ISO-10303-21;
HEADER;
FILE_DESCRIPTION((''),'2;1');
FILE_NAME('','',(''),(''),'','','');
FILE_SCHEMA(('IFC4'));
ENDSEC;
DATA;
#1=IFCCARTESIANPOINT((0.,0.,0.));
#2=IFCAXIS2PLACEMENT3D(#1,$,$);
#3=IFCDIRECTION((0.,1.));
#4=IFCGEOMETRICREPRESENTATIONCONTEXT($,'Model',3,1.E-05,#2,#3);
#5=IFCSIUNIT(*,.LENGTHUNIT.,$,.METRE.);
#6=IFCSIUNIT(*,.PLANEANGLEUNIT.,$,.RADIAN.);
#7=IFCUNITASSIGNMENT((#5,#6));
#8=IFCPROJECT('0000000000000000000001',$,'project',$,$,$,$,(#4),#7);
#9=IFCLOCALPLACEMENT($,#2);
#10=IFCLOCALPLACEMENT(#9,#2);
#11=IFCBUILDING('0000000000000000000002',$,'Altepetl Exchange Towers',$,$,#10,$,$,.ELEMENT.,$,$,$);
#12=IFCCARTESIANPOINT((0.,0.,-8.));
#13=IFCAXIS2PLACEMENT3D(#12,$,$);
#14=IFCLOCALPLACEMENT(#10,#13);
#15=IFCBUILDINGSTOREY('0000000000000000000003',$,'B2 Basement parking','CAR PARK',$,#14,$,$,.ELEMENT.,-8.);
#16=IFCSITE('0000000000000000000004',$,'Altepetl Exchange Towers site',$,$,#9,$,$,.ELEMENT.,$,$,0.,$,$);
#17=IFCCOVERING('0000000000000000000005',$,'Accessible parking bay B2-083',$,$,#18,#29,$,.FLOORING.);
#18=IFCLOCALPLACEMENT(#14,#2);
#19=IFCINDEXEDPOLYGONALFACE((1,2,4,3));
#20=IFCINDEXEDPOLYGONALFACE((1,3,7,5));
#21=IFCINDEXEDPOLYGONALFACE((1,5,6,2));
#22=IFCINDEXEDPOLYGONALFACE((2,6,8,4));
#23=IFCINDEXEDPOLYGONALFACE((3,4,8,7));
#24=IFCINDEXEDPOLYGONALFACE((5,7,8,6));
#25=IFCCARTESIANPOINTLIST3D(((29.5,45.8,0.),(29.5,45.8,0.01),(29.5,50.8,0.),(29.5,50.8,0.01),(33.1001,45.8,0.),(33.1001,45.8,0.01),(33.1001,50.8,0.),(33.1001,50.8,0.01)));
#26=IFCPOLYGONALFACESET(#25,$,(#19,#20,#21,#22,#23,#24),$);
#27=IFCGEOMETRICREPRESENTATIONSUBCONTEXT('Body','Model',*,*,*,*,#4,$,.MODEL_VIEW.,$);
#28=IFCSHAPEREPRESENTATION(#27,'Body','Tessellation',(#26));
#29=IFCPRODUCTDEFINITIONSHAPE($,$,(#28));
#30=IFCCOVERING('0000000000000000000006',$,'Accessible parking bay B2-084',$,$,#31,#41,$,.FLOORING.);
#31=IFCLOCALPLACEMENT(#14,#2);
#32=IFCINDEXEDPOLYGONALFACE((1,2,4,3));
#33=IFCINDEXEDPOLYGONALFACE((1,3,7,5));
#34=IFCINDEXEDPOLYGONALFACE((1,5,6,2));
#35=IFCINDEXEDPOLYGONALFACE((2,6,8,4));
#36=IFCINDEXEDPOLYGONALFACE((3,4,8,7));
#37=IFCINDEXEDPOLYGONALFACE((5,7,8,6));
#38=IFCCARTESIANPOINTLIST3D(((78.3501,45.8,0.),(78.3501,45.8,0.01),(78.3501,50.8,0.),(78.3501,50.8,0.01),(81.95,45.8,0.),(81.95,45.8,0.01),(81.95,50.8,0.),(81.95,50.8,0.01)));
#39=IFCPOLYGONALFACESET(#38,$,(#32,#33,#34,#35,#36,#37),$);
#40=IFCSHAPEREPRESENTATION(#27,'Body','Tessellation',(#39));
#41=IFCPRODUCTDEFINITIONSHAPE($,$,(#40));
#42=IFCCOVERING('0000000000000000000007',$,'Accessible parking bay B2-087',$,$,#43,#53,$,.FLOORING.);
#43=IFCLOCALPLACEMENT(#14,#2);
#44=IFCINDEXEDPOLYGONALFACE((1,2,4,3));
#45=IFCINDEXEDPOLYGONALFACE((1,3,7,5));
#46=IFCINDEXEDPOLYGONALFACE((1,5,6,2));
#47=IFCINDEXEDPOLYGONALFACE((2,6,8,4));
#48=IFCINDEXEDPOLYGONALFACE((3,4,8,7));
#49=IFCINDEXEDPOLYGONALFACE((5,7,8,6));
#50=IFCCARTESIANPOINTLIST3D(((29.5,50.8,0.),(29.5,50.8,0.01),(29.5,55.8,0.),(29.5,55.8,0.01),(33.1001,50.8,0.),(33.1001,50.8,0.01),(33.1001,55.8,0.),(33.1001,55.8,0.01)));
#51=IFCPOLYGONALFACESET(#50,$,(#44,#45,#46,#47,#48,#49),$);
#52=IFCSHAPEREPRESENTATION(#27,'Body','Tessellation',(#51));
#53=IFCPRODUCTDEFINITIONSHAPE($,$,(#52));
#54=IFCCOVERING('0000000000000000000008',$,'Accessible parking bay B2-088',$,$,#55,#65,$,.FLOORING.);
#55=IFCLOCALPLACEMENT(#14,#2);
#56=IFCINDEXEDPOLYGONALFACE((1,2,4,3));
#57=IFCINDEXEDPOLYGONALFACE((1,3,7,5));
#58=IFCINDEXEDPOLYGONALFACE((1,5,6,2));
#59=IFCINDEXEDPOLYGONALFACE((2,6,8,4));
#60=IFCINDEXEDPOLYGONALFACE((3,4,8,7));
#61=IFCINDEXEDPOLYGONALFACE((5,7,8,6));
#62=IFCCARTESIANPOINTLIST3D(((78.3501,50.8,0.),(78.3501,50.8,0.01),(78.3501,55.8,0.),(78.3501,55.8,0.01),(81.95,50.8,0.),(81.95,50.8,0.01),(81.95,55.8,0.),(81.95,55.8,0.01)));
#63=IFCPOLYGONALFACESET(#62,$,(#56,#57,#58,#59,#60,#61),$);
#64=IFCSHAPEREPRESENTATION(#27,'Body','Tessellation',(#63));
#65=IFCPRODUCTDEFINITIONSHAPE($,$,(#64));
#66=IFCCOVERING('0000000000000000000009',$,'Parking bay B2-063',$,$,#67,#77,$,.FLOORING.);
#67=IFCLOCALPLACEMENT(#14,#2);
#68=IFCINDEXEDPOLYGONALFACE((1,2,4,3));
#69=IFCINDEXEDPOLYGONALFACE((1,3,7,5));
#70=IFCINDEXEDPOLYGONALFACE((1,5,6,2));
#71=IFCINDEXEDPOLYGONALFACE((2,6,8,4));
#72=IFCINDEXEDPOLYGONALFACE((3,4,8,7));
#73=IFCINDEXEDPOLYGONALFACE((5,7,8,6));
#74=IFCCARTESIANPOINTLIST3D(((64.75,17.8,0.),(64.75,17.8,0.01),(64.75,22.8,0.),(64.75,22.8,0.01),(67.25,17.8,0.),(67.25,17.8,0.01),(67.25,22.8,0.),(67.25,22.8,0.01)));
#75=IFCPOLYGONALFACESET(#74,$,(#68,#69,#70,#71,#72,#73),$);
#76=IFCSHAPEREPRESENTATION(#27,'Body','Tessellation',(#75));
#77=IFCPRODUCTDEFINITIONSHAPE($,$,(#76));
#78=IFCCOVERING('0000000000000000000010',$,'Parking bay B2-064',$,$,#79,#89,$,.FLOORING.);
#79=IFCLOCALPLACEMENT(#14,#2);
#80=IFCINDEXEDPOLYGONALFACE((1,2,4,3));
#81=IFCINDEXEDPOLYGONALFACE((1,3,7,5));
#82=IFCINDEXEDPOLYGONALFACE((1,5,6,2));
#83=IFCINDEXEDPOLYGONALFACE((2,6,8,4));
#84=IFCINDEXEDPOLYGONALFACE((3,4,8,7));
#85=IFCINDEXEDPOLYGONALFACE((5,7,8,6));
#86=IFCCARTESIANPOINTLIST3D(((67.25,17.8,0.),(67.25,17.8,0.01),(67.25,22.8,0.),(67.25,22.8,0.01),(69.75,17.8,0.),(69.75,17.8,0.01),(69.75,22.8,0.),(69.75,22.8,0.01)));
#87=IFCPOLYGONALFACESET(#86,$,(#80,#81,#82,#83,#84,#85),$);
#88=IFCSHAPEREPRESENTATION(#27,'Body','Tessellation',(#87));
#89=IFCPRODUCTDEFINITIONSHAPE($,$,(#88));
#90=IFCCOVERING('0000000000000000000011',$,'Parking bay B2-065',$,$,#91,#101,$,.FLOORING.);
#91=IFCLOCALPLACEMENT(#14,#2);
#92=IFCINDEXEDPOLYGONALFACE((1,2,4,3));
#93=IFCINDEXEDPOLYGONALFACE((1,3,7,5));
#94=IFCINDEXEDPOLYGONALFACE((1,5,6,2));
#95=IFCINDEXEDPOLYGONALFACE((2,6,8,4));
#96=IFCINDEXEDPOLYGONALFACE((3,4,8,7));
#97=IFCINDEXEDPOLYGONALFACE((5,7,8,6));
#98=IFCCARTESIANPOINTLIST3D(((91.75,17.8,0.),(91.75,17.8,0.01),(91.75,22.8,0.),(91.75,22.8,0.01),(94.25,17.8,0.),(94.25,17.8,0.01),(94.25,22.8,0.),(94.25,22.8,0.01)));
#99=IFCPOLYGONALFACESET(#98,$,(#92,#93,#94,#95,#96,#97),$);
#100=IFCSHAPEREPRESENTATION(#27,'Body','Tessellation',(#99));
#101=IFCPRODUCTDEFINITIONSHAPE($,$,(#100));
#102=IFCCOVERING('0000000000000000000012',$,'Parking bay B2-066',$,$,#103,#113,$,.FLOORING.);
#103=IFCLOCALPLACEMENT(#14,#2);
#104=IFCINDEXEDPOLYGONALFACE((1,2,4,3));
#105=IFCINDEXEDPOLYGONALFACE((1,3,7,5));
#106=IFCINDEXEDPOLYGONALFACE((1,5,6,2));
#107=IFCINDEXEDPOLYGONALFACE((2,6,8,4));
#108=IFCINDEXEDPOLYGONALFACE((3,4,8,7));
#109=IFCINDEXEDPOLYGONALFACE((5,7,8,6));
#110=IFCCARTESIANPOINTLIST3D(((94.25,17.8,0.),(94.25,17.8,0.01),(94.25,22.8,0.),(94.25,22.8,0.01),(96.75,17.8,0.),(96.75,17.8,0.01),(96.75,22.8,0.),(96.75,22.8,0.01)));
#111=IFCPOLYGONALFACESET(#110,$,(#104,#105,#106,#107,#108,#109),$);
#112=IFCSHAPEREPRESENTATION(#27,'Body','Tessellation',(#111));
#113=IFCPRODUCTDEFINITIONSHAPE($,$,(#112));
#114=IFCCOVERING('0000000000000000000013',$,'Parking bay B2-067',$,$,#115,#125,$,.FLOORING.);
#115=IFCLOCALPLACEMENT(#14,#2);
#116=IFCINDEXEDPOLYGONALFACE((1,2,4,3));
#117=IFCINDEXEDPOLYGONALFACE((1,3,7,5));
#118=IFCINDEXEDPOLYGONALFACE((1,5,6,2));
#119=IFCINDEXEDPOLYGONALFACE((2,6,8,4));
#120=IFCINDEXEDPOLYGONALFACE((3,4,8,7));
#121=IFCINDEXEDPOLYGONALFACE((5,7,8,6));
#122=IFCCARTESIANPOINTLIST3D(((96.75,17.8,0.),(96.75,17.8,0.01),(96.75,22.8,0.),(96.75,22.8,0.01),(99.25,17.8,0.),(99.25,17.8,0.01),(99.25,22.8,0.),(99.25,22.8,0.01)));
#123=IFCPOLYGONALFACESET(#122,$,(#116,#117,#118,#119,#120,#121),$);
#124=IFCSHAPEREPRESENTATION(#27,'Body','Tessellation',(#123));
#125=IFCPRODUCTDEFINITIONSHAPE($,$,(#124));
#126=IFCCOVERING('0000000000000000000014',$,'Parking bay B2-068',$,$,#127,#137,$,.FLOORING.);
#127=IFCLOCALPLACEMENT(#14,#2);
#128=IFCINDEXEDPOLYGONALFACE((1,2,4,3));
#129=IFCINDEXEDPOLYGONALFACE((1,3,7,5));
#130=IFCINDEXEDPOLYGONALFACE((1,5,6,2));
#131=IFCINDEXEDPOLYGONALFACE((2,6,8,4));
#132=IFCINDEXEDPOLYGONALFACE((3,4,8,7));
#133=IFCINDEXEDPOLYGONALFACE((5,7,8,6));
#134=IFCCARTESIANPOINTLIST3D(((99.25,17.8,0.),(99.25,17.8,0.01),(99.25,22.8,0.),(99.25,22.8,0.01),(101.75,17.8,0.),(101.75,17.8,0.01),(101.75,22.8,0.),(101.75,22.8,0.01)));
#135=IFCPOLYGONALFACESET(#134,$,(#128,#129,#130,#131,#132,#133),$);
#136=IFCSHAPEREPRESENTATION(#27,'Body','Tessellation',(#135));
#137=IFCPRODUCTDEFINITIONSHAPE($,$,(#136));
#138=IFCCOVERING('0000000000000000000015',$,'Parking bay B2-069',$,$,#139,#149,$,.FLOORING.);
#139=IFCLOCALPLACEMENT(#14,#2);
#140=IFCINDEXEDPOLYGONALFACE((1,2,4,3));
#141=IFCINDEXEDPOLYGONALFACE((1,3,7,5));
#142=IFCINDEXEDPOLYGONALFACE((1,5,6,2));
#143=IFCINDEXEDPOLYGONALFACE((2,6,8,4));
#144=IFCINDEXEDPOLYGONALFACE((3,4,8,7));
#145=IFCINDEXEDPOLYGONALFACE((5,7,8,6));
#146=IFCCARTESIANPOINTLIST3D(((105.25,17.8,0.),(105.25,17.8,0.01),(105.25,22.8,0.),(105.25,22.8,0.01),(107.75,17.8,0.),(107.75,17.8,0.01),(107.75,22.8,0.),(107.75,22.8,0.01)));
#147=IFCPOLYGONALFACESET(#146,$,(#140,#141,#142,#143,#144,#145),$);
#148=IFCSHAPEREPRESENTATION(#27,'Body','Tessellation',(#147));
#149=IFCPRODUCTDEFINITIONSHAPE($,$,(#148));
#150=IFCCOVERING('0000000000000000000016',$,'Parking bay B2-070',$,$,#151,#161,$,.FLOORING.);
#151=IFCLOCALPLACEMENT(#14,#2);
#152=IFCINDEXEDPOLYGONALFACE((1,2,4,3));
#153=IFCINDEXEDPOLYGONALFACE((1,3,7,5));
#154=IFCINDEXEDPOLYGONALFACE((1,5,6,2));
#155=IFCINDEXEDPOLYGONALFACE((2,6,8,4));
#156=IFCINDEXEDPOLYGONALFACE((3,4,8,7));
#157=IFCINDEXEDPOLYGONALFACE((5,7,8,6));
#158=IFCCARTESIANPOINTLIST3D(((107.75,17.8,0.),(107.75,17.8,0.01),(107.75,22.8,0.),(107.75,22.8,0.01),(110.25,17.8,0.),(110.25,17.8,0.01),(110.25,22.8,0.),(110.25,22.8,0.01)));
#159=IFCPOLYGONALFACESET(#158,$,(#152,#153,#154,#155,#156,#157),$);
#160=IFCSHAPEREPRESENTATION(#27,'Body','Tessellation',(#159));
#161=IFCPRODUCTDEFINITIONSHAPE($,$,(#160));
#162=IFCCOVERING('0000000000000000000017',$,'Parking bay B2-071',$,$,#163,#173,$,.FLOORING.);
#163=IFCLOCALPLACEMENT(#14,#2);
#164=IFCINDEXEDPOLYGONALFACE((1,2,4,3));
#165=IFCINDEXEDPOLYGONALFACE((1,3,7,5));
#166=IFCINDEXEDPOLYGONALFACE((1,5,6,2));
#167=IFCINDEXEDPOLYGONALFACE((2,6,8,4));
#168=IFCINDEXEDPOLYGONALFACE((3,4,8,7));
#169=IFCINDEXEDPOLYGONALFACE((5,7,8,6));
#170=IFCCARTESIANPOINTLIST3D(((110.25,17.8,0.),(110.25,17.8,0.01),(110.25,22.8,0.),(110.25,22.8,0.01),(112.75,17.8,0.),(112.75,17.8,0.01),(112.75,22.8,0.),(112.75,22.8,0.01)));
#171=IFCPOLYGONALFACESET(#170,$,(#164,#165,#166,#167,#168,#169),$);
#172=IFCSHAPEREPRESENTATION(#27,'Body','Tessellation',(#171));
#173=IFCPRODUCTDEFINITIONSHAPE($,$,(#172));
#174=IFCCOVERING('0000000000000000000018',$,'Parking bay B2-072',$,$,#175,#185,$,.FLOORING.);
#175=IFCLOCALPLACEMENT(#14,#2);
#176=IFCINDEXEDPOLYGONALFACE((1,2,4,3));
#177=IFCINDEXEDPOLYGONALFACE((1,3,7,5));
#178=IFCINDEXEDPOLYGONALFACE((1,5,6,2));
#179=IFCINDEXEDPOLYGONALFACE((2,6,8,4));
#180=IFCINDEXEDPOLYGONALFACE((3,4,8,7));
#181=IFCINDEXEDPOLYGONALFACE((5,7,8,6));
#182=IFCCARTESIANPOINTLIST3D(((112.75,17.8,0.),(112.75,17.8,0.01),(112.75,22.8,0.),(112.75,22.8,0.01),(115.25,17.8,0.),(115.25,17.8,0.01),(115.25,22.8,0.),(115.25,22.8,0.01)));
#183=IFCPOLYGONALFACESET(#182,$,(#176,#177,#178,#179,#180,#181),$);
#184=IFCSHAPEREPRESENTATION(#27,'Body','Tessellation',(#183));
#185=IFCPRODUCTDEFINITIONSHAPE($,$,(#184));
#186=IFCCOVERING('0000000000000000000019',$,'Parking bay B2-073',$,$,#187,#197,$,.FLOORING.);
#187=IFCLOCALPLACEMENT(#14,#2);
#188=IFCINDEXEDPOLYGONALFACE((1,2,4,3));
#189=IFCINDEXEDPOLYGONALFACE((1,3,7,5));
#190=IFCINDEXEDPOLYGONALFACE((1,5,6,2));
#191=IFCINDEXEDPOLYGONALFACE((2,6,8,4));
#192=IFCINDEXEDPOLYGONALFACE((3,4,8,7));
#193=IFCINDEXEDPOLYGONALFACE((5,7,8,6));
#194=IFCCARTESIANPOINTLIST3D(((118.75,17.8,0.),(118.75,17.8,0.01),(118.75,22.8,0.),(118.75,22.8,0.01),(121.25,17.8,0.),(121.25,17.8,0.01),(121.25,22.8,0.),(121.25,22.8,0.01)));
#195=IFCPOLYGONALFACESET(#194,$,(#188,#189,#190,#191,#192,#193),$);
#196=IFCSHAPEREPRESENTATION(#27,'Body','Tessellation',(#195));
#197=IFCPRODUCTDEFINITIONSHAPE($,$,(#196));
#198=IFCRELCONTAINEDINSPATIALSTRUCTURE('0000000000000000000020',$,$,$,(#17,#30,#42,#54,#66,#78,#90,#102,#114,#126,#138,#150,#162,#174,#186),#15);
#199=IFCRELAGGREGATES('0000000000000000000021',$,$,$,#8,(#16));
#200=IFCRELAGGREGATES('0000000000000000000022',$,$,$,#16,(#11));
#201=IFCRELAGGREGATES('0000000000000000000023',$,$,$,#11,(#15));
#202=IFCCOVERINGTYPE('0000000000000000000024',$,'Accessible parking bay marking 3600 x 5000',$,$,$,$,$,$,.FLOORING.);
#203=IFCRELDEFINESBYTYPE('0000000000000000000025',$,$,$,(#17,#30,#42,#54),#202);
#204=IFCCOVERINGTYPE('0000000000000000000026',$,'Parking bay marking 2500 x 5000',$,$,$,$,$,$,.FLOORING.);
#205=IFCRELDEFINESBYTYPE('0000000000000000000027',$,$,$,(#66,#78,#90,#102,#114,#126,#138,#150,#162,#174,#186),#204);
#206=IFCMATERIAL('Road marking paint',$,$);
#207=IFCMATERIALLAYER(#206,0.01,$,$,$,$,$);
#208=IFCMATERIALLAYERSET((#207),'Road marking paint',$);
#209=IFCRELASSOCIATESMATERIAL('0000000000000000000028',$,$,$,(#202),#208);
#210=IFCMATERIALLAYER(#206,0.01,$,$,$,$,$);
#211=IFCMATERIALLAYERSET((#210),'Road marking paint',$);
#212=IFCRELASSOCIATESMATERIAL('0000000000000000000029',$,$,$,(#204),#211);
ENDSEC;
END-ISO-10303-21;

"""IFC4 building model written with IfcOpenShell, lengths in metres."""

from ifc_helpers import new_model, si_unit, direction, frame, origin, place, context, subcontext, project, spatial, polyline, outline, extrude, material, layer, layer_set, type_object, element, save


model = new_model("IFC4")

# Units and contexts
model_context = context("Model", 3, precision=1e-05, world=origin(), true_north=direction((0.0, 1.0)))
body_context = subcontext(model_context, "Body", "Model", "MODEL_VIEW")
ifc_project = project(units=[si_unit("LENGTHUNIT", "METRE"), si_unit("PLANEANGLEUNIT", "RADIAN")], contexts=[model_context])

# Site, building, storey
site_placement = place(None, origin())
site = spatial("IfcSite", under=ifc_project, at=site_placement, Name="Altepetl Exchange Towers site", CompositionType="ELEMENT", RefElevation=0.0)
building_placement = place(site_placement, origin())
building = spatial("IfcBuilding", under=site, at=building_placement, Name="Altepetl Exchange Towers", CompositionType="ELEMENT")
storey_placement = place(building_placement, frame((0.0, 0.0, -8.0)))
storey = spatial("IfcBuildingStorey", under=building, at=storey_placement, Name="B2 Basement parking", Description="CAR PARK", CompositionType="ELEMENT", Elevation=-8.0)

# Coverings
ifc_material = material(Name="Road marking paint")
ifc_layer_1 = layer(ifc_material, 0.01)
ifc_layer_set_1 = layer_set([ifc_layer_1], Name="Road marking paint")
covering_type_1 = type_object("IfcCoveringType", Name="Accessible parking bay marking 3600 x 5000", PredefinedType="FLOORING", material=ifc_layer_set_1)
covering_1_placement = place(storey_placement, origin())
element("IfcCovering", 1, at=covering_1_placement, inside=storey, type_object=covering_type_1, Name="Accessible parking bay B2-083", PredefinedType="FLOORING", context=body_context, shape_type="SweptSolid", body=[
    extrude(outline(polyline([(29.5, 45.8), (33.1001, 45.8), (33.1001, 50.8), (29.5, 50.8), (29.5, 45.8)])), origin(), (0.0, 0.0, 1.0), 0.01),
])
covering_2_placement = place(storey_placement, origin())
element("IfcCovering", 2, at=covering_2_placement, inside=storey, type_object=covering_type_1, Name="Accessible parking bay B2-084", PredefinedType="FLOORING", context=body_context, shape_type="SweptSolid", body=[
    extrude(outline(polyline([(78.3501, 45.8), (81.95, 45.8), (81.95, 50.8), (78.3501, 50.8), (78.3501, 45.8)])), origin(), (0.0, 0.0, 1.0), 0.01),
])
covering_3_placement = place(storey_placement, origin())
element("IfcCovering", 3, at=covering_3_placement, inside=storey, type_object=covering_type_1, Name="Accessible parking bay B2-087", PredefinedType="FLOORING", context=body_context, shape_type="SweptSolid", body=[
    extrude(outline(polyline([(29.5, 50.8), (33.1001, 50.8), (33.1001, 55.8), (29.5, 55.8), (29.5, 50.8)])), origin(), (0.0, 0.0, 1.0), 0.01),
])
covering_4_placement = place(storey_placement, origin())
element("IfcCovering", 4, at=covering_4_placement, inside=storey, type_object=covering_type_1, Name="Accessible parking bay B2-088", PredefinedType="FLOORING", context=body_context, shape_type="SweptSolid", body=[
    extrude(outline(polyline([(78.3501, 50.8), (81.95, 50.8), (81.95, 55.8), (78.3501, 55.8), (78.3501, 50.8)])), origin(), (0.0, 0.0, 1.0), 0.01),
])
ifc_layer_2 = layer(ifc_material, 0.01)
ifc_layer_set_2 = layer_set([ifc_layer_2], Name="Road marking paint")
covering_type_2 = type_object("IfcCoveringType", Name="Parking bay marking 2500 x 5000", PredefinedType="FLOORING", material=ifc_layer_set_2)
covering_5_placement = place(storey_placement, origin())
element("IfcCovering", 5, at=covering_5_placement, inside=storey, type_object=covering_type_2, Name="Parking bay B2-063", PredefinedType="FLOORING", context=body_context, shape_type="SweptSolid", body=[
    extrude(outline(polyline([(64.75, 17.8), (67.25, 17.8), (67.25, 22.8), (64.75, 22.8), (64.75, 17.8)])), origin(), (0.0, 0.0, 1.0), 0.01),
])
covering_6_placement = place(storey_placement, origin())
element("IfcCovering", 6, at=covering_6_placement, inside=storey, type_object=covering_type_2, Name="Parking bay B2-064", PredefinedType="FLOORING", context=body_context, shape_type="SweptSolid", body=[
    extrude(outline(polyline([(67.25, 17.8), (69.75, 17.8), (69.75, 22.8), (67.25, 22.8), (67.25, 17.8)])), origin(), (0.0, 0.0, 1.0), 0.01),
])
covering_7_placement = place(storey_placement, origin())
element("IfcCovering", 7, at=covering_7_placement, inside=storey, type_object=covering_type_2, Name="Parking bay B2-065", PredefinedType="FLOORING", context=body_context, shape_type="SweptSolid", body=[
    extrude(outline(polyline([(91.75, 17.8), (94.25, 17.8), (94.25, 22.8), (91.75, 22.8), (91.75, 17.8)])), origin(), (0.0, 0.0, 1.0), 0.01),
])
covering_8_placement = place(storey_placement, origin())
element("IfcCovering", 8, at=covering_8_placement, inside=storey, type_object=covering_type_2, Name="Parking bay B2-066", PredefinedType="FLOORING", context=body_context, shape_type="SweptSolid", body=[
    extrude(outline(polyline([(94.25, 17.8), (96.75, 17.8), (96.75, 22.8), (94.25, 22.8), (94.25, 17.8)])), origin(), (0.0, 0.0, 1.0), 0.01),
])
covering_9_placement = place(storey_placement, origin())
element("IfcCovering", 9, at=covering_9_placement, inside=storey, type_object=covering_type_2, Name="Parking bay B2-067", PredefinedType="FLOORING", context=body_context, shape_type="SweptSolid", body=[
    extrude(outline(polyline([(96.75, 17.8), (99.25, 17.8), (99.25, 22.8), (96.75, 22.8), (96.75, 17.8)])), origin(), (0.0, 0.0, 1.0), 0.01),
])
covering_10_placement = place(storey_placement, origin())
element("IfcCovering", 10, at=covering_10_placement, inside=storey, type_object=covering_type_2, Name="Parking bay B2-068", PredefinedType="FLOORING", context=body_context, shape_type="SweptSolid", body=[
    extrude(outline(polyline([(99.25, 17.8), (101.75, 17.8), (101.75, 22.8), (99.25, 22.8), (99.25, 17.8)])), origin(), (0.0, 0.0, 1.0), 0.01),
])
covering_11_placement = place(storey_placement, origin())
element("IfcCovering", 11, at=covering_11_placement, inside=storey, type_object=covering_type_2, Name="Parking bay B2-069", PredefinedType="FLOORING", context=body_context, shape_type="SweptSolid", body=[
    extrude(outline(polyline([(105.25, 17.8), (107.75, 17.8), (107.75, 22.8), (105.25, 22.8), (105.25, 17.8)])), origin(), (0.0, 0.0, 1.0), 0.01),
])
covering_12_placement = place(storey_placement, origin())
element("IfcCovering", 12, at=covering_12_placement, inside=storey, type_object=covering_type_2, Name="Parking bay B2-070", PredefinedType="FLOORING", context=body_context, shape_type="SweptSolid", body=[
    extrude(outline(polyline([(107.75, 17.8), (110.25, 17.8), (110.25, 22.8), (107.75, 22.8), (107.75, 17.8)])), origin(), (0.0, 0.0, 1.0), 0.01),
])
covering_13_placement = place(storey_placement, origin())
element("IfcCovering", 13, at=covering_13_placement, inside=storey, type_object=covering_type_2, Name="Parking bay B2-071", PredefinedType="FLOORING", context=body_context, shape_type="SweptSolid", body=[
    extrude(outline(polyline([(110.25, 17.8), (112.75, 17.8), (112.75, 22.8), (110.25, 22.8), (110.25, 17.8)])), origin(), (0.0, 0.0, 1.0), 0.01),
])
covering_14_placement = place(storey_placement, origin())
element("IfcCovering", 14, at=covering_14_placement, inside=storey, type_object=covering_type_2, Name="Parking bay B2-072", PredefinedType="FLOORING", context=body_context, shape_type="SweptSolid", body=[
    extrude(outline(polyline([(112.75, 17.8), (115.25, 17.8), (115.25, 22.8), (112.75, 22.8), (112.75, 17.8)])), origin(), (0.0, 0.0, 1.0), 0.01),
])
covering_15_placement = place(storey_placement, origin())
element("IfcCovering", 15, at=covering_15_placement, inside=storey, type_object=covering_type_2, Name="Parking bay B2-073", PredefinedType="FLOORING", context=body_context, shape_type="SweptSolid", body=[
    extrude(outline(polyline([(118.75, 17.8), (121.25, 17.8), (121.25, 22.8), (118.75, 22.8), (118.75, 17.8)])), origin(), (0.0, 0.0, 1.0), 0.01),
])

save(model, "model.ifc")
